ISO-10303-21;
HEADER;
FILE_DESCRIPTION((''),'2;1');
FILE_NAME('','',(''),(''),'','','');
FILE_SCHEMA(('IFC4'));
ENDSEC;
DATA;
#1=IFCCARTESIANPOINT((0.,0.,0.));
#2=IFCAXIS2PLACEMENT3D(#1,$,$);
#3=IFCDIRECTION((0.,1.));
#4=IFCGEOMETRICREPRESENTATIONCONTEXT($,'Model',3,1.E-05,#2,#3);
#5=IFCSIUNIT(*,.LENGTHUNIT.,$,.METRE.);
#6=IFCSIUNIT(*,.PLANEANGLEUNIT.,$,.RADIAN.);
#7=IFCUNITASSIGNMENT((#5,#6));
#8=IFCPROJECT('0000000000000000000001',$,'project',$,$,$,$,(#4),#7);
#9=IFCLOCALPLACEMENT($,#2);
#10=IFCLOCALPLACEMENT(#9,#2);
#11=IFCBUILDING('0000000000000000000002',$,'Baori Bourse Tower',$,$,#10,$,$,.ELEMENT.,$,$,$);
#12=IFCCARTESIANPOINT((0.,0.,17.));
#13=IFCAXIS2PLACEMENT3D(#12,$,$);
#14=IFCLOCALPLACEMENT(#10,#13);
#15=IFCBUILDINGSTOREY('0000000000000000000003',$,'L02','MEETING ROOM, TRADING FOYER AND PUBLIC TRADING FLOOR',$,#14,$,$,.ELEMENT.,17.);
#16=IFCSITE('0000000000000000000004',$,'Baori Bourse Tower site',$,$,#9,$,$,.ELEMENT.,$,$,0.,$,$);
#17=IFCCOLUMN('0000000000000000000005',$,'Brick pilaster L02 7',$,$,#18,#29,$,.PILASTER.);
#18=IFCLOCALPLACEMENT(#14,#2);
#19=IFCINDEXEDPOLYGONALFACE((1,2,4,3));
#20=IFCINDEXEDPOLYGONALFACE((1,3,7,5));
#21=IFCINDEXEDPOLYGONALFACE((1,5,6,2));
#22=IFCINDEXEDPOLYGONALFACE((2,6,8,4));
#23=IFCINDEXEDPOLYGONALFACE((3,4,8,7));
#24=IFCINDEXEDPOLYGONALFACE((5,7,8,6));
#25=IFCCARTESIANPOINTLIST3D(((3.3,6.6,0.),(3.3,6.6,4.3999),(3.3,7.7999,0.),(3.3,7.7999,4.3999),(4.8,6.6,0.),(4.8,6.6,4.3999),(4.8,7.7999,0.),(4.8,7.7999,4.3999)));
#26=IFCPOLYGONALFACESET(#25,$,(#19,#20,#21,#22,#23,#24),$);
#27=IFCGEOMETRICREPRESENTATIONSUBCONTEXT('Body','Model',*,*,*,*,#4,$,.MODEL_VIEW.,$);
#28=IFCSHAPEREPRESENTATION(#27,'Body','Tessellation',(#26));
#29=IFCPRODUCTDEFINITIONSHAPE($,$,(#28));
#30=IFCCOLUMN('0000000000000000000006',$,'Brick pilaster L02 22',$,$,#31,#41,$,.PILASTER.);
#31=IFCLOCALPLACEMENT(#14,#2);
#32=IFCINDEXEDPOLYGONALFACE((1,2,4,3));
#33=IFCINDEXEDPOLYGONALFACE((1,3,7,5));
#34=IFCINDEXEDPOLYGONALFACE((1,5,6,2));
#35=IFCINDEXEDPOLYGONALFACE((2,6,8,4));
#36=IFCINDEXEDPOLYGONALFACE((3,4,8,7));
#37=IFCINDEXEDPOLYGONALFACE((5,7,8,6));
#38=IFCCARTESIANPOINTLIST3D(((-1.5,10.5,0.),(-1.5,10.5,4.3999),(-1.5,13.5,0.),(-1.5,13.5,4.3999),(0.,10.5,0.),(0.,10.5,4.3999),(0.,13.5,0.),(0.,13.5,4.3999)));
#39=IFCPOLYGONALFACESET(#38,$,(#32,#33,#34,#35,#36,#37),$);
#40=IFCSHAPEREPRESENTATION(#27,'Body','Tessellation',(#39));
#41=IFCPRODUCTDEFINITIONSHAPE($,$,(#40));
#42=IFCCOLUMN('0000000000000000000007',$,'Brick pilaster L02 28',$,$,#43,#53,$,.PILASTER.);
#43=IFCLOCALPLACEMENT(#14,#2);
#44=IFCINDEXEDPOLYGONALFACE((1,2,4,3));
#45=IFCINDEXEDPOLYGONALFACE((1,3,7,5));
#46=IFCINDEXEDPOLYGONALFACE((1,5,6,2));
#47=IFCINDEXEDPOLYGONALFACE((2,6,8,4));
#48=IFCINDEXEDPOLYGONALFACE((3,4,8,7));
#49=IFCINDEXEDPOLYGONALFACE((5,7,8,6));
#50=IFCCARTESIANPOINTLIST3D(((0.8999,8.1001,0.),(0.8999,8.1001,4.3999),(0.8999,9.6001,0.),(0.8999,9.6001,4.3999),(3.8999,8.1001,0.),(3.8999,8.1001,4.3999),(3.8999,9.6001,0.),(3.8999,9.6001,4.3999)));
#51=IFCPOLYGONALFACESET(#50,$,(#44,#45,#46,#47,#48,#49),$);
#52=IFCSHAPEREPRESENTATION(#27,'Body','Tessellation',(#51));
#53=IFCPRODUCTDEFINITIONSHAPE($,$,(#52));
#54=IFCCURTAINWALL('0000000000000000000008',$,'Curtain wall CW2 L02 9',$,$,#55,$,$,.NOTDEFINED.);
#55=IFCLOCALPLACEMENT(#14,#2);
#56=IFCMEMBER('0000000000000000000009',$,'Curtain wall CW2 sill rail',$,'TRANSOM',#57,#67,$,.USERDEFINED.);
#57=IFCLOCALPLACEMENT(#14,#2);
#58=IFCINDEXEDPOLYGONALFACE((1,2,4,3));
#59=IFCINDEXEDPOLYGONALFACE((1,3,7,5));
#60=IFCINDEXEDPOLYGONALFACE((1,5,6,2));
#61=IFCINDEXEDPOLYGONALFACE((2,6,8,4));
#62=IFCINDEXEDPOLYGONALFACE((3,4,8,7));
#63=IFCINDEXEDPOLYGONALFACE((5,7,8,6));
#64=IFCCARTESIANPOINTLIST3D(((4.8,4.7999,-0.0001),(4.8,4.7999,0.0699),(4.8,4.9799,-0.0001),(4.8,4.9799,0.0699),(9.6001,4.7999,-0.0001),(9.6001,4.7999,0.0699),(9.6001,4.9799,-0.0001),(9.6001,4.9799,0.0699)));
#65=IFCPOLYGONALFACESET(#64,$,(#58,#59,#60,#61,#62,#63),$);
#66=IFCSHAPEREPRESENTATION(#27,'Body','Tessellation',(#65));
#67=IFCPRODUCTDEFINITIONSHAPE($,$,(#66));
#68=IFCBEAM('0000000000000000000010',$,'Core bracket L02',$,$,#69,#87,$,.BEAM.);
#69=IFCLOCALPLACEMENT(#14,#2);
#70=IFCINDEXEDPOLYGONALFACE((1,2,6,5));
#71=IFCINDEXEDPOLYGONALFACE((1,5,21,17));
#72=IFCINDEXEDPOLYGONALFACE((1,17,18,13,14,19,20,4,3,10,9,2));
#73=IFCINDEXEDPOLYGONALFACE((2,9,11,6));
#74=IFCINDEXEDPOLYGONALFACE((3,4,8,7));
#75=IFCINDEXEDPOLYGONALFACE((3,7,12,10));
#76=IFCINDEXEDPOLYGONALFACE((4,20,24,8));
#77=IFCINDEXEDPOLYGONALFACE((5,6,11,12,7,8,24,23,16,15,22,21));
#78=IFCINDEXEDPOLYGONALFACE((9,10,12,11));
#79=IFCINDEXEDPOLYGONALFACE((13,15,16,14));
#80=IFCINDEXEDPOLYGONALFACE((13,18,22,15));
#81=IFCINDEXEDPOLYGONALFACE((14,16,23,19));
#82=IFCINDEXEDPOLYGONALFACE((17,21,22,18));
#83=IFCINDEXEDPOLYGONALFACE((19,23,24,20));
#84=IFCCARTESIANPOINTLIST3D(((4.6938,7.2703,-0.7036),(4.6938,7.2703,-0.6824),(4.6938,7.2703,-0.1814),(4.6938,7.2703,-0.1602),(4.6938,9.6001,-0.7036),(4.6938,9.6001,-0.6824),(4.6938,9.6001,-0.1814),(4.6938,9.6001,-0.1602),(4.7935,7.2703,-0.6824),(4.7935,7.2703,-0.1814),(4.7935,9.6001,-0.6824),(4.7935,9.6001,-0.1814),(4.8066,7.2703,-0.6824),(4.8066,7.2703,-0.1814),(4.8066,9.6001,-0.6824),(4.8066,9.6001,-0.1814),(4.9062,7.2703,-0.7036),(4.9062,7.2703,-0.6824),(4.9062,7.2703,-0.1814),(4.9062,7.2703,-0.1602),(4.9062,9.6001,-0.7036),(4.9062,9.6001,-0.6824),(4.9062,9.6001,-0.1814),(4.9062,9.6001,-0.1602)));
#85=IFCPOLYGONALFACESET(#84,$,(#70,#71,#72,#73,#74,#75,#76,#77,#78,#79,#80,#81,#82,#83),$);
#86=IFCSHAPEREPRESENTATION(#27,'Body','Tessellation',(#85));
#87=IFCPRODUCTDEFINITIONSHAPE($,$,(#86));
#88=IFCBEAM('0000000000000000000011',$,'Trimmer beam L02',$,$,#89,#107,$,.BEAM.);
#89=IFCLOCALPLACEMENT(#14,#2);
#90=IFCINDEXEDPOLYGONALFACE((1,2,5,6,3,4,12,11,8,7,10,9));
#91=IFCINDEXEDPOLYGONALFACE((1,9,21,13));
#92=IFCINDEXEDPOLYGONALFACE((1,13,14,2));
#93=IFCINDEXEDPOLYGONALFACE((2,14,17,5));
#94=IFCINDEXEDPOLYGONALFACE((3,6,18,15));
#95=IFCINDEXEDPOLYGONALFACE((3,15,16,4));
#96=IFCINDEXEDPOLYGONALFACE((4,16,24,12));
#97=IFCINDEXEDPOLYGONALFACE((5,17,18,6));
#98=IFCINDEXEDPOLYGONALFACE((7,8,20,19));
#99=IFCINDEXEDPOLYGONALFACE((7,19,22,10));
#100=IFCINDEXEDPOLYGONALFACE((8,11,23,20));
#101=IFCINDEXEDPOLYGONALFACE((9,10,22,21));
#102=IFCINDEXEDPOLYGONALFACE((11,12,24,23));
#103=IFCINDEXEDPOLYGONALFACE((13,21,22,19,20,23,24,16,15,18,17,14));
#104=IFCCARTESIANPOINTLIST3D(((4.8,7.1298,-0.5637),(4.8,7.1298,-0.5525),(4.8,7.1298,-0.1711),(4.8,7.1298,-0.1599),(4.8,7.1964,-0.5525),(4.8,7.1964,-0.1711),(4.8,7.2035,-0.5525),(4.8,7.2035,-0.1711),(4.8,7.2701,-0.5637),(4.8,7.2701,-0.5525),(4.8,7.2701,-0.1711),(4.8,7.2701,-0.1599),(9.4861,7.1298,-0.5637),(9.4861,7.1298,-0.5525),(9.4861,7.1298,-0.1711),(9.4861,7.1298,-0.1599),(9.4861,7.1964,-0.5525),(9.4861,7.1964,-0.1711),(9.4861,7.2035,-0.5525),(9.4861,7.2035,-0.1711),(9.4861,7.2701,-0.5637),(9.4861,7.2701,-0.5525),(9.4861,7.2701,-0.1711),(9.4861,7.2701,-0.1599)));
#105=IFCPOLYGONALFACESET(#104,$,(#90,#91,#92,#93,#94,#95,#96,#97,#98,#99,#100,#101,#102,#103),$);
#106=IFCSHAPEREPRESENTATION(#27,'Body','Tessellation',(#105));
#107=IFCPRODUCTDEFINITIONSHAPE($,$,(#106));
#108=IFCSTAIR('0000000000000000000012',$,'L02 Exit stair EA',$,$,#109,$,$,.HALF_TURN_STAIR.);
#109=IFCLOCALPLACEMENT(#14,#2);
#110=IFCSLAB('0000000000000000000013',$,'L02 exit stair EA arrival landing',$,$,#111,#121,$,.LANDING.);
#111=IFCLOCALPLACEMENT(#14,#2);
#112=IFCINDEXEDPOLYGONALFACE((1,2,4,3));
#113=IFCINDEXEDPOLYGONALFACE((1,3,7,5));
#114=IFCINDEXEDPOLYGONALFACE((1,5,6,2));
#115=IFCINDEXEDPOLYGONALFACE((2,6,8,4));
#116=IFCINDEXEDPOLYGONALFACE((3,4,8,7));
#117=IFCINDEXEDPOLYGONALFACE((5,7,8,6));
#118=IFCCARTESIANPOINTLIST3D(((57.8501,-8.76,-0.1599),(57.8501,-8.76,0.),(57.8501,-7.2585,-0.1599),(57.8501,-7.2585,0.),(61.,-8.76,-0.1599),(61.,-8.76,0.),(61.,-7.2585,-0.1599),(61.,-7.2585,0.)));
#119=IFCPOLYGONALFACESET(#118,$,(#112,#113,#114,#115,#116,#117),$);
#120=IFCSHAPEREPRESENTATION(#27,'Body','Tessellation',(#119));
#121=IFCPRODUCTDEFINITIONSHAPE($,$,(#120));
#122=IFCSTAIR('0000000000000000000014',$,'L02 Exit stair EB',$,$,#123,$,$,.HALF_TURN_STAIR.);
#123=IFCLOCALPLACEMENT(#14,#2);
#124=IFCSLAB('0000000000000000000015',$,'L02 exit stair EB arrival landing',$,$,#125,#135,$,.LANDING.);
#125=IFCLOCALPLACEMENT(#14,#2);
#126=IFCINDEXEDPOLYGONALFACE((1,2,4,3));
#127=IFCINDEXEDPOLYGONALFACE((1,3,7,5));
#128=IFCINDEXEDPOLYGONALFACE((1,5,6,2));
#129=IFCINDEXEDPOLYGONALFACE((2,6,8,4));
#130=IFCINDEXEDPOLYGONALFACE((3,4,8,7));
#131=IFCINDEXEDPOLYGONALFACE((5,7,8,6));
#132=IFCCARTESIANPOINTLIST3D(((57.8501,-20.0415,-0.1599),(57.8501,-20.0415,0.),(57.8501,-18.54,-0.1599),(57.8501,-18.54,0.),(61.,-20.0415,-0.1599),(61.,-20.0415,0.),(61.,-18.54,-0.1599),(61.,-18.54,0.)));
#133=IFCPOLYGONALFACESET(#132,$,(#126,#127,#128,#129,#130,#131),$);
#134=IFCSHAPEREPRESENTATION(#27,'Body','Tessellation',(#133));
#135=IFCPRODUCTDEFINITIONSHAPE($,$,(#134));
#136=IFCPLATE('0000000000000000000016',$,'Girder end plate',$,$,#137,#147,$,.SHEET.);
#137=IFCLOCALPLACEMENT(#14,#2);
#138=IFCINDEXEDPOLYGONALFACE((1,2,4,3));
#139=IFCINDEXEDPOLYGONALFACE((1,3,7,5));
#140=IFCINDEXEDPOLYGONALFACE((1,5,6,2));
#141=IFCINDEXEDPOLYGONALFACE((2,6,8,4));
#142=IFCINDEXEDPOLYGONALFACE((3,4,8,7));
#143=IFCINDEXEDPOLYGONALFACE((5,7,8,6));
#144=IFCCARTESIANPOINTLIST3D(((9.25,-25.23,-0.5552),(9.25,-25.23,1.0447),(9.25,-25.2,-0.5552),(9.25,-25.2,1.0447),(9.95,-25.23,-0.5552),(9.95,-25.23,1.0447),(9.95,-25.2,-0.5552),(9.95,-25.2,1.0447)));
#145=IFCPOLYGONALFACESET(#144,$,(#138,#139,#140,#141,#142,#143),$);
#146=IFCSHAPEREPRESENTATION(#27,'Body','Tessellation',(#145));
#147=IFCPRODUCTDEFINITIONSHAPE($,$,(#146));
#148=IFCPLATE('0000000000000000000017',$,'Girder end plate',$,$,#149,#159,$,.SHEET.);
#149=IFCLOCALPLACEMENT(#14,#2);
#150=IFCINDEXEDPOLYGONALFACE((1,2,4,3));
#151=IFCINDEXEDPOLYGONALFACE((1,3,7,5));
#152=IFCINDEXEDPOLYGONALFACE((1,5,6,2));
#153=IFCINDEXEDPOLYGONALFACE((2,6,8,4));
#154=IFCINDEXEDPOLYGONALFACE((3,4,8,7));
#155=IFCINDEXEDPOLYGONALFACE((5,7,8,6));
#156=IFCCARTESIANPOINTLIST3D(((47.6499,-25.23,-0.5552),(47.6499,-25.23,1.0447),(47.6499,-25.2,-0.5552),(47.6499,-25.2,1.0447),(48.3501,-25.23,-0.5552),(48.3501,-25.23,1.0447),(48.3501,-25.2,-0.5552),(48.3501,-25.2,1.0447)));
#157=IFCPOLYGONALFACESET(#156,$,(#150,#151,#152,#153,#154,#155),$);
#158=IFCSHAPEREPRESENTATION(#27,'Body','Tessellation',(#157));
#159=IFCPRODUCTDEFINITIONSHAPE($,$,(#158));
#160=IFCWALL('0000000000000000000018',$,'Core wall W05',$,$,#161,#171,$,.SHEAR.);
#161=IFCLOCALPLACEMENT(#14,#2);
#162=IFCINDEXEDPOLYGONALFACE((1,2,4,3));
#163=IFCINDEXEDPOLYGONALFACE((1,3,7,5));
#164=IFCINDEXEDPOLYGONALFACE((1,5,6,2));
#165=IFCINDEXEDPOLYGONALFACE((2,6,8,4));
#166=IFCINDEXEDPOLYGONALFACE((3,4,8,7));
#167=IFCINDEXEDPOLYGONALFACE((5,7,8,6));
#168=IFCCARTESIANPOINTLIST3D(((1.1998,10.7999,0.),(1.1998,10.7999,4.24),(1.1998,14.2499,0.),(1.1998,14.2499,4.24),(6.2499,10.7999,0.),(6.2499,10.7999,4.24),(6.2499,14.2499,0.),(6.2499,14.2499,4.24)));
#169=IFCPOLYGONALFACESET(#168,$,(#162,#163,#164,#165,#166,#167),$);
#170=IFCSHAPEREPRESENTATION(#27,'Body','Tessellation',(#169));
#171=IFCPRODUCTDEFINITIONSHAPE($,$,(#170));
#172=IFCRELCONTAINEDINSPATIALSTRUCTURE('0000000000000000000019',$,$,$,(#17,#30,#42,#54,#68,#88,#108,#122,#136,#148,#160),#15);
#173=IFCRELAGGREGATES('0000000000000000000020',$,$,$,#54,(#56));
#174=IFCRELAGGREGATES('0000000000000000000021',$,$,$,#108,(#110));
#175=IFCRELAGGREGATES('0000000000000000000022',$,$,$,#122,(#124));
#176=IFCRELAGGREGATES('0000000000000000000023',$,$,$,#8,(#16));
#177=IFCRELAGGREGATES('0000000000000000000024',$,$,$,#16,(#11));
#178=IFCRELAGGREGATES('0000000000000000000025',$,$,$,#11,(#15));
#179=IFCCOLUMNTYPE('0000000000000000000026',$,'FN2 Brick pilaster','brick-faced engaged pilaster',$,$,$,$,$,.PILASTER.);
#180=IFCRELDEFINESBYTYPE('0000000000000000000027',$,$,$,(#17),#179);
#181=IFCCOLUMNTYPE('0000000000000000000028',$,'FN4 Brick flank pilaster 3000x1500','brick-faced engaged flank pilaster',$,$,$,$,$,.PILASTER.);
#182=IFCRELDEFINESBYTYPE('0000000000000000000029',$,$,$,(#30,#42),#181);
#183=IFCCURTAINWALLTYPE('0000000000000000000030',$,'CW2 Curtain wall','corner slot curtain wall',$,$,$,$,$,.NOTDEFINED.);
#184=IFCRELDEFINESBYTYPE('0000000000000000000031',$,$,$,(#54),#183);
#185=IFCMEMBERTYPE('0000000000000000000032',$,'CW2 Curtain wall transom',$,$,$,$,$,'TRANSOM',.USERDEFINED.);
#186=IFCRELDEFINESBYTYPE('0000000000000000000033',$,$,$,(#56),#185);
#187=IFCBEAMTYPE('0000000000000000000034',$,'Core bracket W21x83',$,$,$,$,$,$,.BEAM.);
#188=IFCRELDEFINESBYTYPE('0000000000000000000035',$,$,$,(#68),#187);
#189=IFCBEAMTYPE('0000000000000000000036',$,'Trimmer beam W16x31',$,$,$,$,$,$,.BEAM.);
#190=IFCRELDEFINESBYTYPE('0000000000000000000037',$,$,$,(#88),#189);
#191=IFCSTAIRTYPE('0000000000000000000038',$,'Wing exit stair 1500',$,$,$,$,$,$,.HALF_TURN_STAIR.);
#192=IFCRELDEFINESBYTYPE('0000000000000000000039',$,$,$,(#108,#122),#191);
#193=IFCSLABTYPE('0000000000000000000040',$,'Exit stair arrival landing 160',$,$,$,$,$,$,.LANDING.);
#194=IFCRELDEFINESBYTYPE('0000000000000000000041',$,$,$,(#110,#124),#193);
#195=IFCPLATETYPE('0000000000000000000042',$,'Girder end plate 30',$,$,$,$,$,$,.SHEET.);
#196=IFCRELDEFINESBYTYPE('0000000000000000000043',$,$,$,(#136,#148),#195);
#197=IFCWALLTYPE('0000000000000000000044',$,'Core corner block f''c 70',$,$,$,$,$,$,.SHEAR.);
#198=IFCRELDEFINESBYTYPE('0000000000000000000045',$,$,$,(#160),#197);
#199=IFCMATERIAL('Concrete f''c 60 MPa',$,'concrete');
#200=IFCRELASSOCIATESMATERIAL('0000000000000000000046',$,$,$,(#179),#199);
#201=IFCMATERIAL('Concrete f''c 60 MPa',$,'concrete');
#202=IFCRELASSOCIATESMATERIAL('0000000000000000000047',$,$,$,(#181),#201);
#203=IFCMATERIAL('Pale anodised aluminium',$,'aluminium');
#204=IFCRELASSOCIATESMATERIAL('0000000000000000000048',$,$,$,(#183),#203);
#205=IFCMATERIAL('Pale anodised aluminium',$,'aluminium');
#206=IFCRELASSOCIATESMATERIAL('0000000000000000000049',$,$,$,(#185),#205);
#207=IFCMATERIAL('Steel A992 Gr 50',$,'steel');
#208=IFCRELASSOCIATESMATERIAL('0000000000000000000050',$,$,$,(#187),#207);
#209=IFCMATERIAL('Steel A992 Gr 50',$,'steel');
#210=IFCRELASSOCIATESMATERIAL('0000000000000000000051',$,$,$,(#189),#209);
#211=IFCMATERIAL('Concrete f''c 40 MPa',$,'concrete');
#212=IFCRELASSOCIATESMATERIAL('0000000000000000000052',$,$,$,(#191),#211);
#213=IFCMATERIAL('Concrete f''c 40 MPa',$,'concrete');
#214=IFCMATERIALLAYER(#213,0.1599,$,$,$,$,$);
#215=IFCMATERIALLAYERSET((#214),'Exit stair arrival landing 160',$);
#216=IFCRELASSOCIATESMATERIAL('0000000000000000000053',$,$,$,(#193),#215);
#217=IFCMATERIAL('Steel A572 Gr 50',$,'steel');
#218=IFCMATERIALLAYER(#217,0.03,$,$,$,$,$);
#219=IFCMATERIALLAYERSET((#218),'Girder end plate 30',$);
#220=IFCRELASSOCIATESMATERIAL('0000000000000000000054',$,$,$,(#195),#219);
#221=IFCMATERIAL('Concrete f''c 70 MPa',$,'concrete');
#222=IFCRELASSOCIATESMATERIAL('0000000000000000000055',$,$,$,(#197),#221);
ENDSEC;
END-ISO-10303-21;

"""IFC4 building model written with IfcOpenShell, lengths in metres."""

from ifc_helpers import new_model, si_unit, direction, frame, frame_2d, origin, origin_2d, place, context, subcontext, project, spatial, polyline, rectangle, i_section, outline, extrude, material, layer, layer_set, material_profile, profile_set, type_object, element, aggregate, save


model = new_model("IFC4")

# Units and contexts
model_context = context("Model", 3, precision=1e-05, world=origin(), true_north=direction((0.0, 1.0)))
body_context = subcontext(model_context, "Body", "Model", "MODEL_VIEW")
ifc_project = project(units=[si_unit("LENGTHUNIT", "METRE"), si_unit("PLANEANGLEUNIT", "RADIAN")], contexts=[model_context])

# Site, building, storey
site_placement = place(None, origin())
site = spatial("IfcSite", under=ifc_project, at=site_placement, Name="Baori Bourse Tower site", CompositionType="ELEMENT", RefElevation=0.0)
building_placement = place(site_placement, origin())
building = spatial("IfcBuilding", under=site, at=building_placement, Name="Baori Bourse Tower", CompositionType="ELEMENT")
storey_placement = place(building_placement, frame((0.0, 0.0, 17.0)))
storey = spatial("IfcBuildingStorey", under=building, at=storey_placement, Name="L02", Description="MEETING ROOM, TRADING FOYER AND PUBLIC TRADING FLOOR", CompositionType="ELEMENT", Elevation=17.0)

# Columns
ifc_material_1 = material(Name="Concrete f'c 60 MPa", Category="concrete")
ifc_material_profile_1 = material_profile(ifc_material_1, rectangle(XDim=1.2, YDim=1.5, at=origin_2d()), Name="RC 1200x1500")
ifc_profile_set_1 = profile_set([ifc_material_profile_1], Name="Concrete f'c 60 MPa")
column_type_1 = type_object("IfcColumnType", Name="FN2 Brick pilaster", Description="brick-faced engaged pilaster", PredefinedType="PILASTER", material=ifc_profile_set_1)
column_placement = place(storey_placement, frame((4.05, 7.2, 0.0), z_axis=(0.0, 0.0, 1.0), x_axis=(0.0, 1.0, 0.0)))
element("IfcColumn", 1, at=column_placement, inside=storey, type_object=column_type_1, Name="Brick pilaster L02 7", PredefinedType="PILASTER", context=body_context, shape_type="SweptSolid", body=[
    extrude(rectangle(XDim=1.2, YDim=1.5, at=origin_2d()), origin(), (0.0, 0.0, 1.0), 4.3999),
])
ifc_material_2 = material(Name="Concrete f'c 60 MPa", Category="concrete")
ifc_material_profile_2 = material_profile(ifc_material_2, rectangle(XDim=3.0, YDim=1.5, at=origin_2d()), Name="RC 3000x1500")
ifc_profile_set_2 = profile_set([ifc_material_profile_2], Name="Concrete f'c 60 MPa")
column_type_2 = type_object("IfcColumnType", Name="FN4 Brick flank pilaster 3000x1500", Description="brick-faced engaged flank pilaster", PredefinedType="PILASTER", material=ifc_profile_set_2)
for number, where, z_axis, x_axis, name in (
    (2, (-0.75, 12.0, 0.0), (0.0, 0.0, 1.0), (0.0, 1.0, 0.0), "Brick pilaster L02 22"),
    (3, (2.3999, 8.8501, 0.0), (0.0, 0.0, 1.0), (1.0, 0.0, 0.0), "Brick pilaster L02 28"),
):
    element("IfcColumn", number, at=place(storey_placement, frame(where, z_axis=z_axis, x_axis=x_axis)), inside=storey, type_object=column_type_2, Name=name, PredefinedType="PILASTER", context=body_context, shape_type="SweptSolid", body=[
        extrude(rectangle(XDim=3.0, YDim=1.5, at=origin_2d()), origin(), (0.0, 0.0, 1.0), 4.3999),
    ])

# Curtain wall, member
ifc_material_3 = material(Name="Pale anodised aluminium", Category="aluminium")
curtain_wall_type = type_object("IfcCurtainWallType", Name="CW2 Curtain wall", Description="corner slot curtain wall", PredefinedType="NOTDEFINED", material=ifc_material_3)
curtain_wall_placement = place(storey_placement, origin())
curtain_wall = element("IfcCurtainWall", 4, at=curtain_wall_placement, inside=storey, type_object=curtain_wall_type, Name="Curtain wall CW2 L02 9", PredefinedType="NOTDEFINED")
ifc_material_4 = material(Name="Pale anodised aluminium", Category="aluminium")
ifc_material_profile_3 = material_profile(ifc_material_4, rectangle(XDim=0.1799, YDim=0.0701, at=origin_2d()), Name="Transom 70x180")
ifc_profile_set_3 = profile_set([ifc_material_profile_3], Name="Pale anodised aluminium")
member_type = type_object("IfcMemberType", Name="CW2 Curtain wall transom", ElementType="TRANSOM", PredefinedType="USERDEFINED", material=ifc_profile_set_3)
member_placement = place(storey_placement, frame((4.8, 4.8899, 0.0349), z_axis=(1.0, 0.0, 0.0), x_axis=(0.0, 1.0, 0.0)))
member = element("IfcMember", 5, at=member_placement, type_object=member_type, Name="Curtain wall CW2 sill rail", ObjectType="TRANSOM", PredefinedType="USERDEFINED", context=body_context, shape_type="SweptSolid", body=[
    extrude(rectangle(XDim=0.1799, YDim=0.0701, at=origin_2d()), origin(), (0.0, 0.0, 1.0), 4.8),
])
aggregate(curtain_wall, [member])

# Beams
ifc_material_5 = material(Name="Steel A992 Gr 50", Category="steel")
ifc_material_profile_4 = material_profile(ifc_material_5, i_section(OverallWidth=0.2124, OverallDepth=0.5435, WebThickness=0.0132, FlangeThickness=0.0212, at=origin_2d()), Name="W21x83")
ifc_profile_set_4 = profile_set([ifc_material_profile_4], Name="Steel A992 Gr 50")
beam_type_1 = type_object("IfcBeamType", Name="Core bracket W21x83", PredefinedType="BEAM", material=ifc_profile_set_4)
beam_1_placement = place(storey_placement, frame((4.8, 7.2703, -0.4319), z_axis=(0.0, 1.0, 0.0), x_axis=(-1.0, 0.0, 0.0)))
element("IfcBeam", 6, at=beam_1_placement, inside=storey, type_object=beam_type_1, Name="Core bracket L02", PredefinedType="BEAM", context=body_context, shape_type="SweptSolid", body=[
    extrude(i_section(OverallWidth=0.2124, OverallDepth=0.5435, WebThickness=0.0132, FlangeThickness=0.0212, at=origin_2d()), origin(), (0.0, 0.0, 1.0), 2.3298),
])
ifc_material_6 = material(Name="Steel A992 Gr 50", Category="steel")
ifc_material_profile_5 = material_profile(ifc_material_6, i_section(OverallWidth=0.1404, OverallDepth=0.4038, WebThickness=0.0071, FlangeThickness=0.0112, at=origin_2d()), Name="W16x31")
ifc_profile_set_5 = profile_set([ifc_material_profile_5], Name="Steel A992 Gr 50")
beam_type_2 = type_object("IfcBeamType", Name="Trimmer beam W16x31", PredefinedType="BEAM", material=ifc_profile_set_5)
beam_2_placement = place(storey_placement, frame((4.8, 7.2, -0.3618), z_axis=(1.0, 0.0, 0.0), x_axis=(0.0, 1.0, 0.0)))
element("IfcBeam", 7, at=beam_2_placement, inside=storey, type_object=beam_type_2, Name="Trimmer beam L02", PredefinedType="BEAM", context=body_context, shape_type="SweptSolid", body=[
    extrude(i_section(OverallWidth=0.1404, OverallDepth=0.4038, WebThickness=0.0071, FlangeThickness=0.0112, at=origin_2d()), origin(), (0.0, 0.0, 1.0), 4.686),
])

# Stairs, slabs
ifc_material_7 = material(Name="Concrete f'c 40 MPa", Category="concrete")
stair_type = type_object("IfcStairType", Name="Wing exit stair 1500", PredefinedType="HALF_TURN_STAIR", material=ifc_material_7)
stair_1_placement = place(storey_placement, origin())
stair_1 = element("IfcStair", 8, at=stair_1_placement, inside=storey, type_object=stair_type, Name="L02 Exit stair EA", PredefinedType="HALF_TURN_STAIR")
ifc_material_8 = material(Name="Concrete f'c 40 MPa", Category="concrete")
ifc_layer_1 = layer(ifc_material_8, 0.1599)
ifc_layer_set_1 = layer_set([ifc_layer_1], Name="Exit stair arrival landing 160")
slab_type = type_object("IfcSlabType", Name="Exit stair arrival landing 160", PredefinedType="LANDING", material=ifc_layer_set_1)
slab_1_placement = place(storey_placement, frame((0.0, 0.0, -0.1599)))
slab_1 = element("IfcSlab", 9, at=slab_1_placement, type_object=slab_type, Name="L02 exit stair EA arrival landing", PredefinedType="LANDING", context=body_context, shape_type="SweptSolid", body=[
    extrude(outline(polyline([(61.0, -7.2585), (57.8501, -7.2585), (57.8501, -8.76), (61.0, -8.76), (61.0, -7.2585)])), origin(), (0.0, 0.0, 1.0), 0.1599),
])
aggregate(stair_1, [slab_1])
stair_2_placement = place(storey_placement, origin())
stair_2 = element("IfcStair", 10, at=stair_2_placement, inside=storey, type_object=stair_type, Name="L02 Exit stair EB", PredefinedType="HALF_TURN_STAIR")
slab_2_placement = place(storey_placement, frame((0.0, 0.0, -0.1599)))
slab_2 = element("IfcSlab", 11, at=slab_2_placement, type_object=slab_type, Name="L02 exit stair EB arrival landing", PredefinedType="LANDING", context=body_context, shape_type="SweptSolid", body=[
    extrude(outline(polyline([(57.8501, -20.0415), (61.0, -20.0415), (61.0, -18.54), (57.8501, -18.54), (57.8501, -20.0415)])), origin(), (0.0, 0.0, 1.0), 0.1599),
])
aggregate(stair_2, [slab_2])

# Plates
ifc_material_9 = material(Name="Steel A572 Gr 50", Category="steel")
ifc_layer_2 = layer(ifc_material_9, 0.03)
ifc_layer_set_2 = layer_set([ifc_layer_2], Name="Girder end plate 30")
plate_type = type_object("IfcPlateType", Name="Girder end plate 30", PredefinedType="SHEET", material=ifc_layer_set_2)
plate_1_placement = place(storey_placement, frame((0.0, 0.0, -0.5552)))
element("IfcPlate", 12, at=plate_1_placement, inside=storey, type_object=plate_type, Name="Girder end plate", PredefinedType="SHEET", context=body_context, shape_type="SweptSolid", body=[
    extrude(outline(polyline([(9.25, -25.23), (9.95, -25.23), (9.95, -25.2), (9.25, -25.2), (9.25, -25.23)])), origin(), (0.0, 0.0, 1.0), 1.5999),
])
plate_2_placement = place(storey_placement, frame((0.0, 0.0, -0.5552)))
element("IfcPlate", 13, at=plate_2_placement, inside=storey, type_object=plate_type, Name="Girder end plate", PredefinedType="SHEET", context=body_context, shape_type="SweptSolid", body=[
    extrude(outline(polyline([(47.6499, -25.23), (48.3501, -25.23), (48.3501, -25.2), (47.6499, -25.2), (47.6499, -25.23)])), origin(), (0.0, 0.0, 1.0), 1.5999),
])

# Wall
ifc_material_10 = material(Name="Concrete f'c 70 MPa", Category="concrete")
wall_type_1 = type_object("IfcWallType", Name="Core corner block f'c 70", PredefinedType="SHEAR", material=ifc_material_10)
wall_1_placement = place(storey_placement, frame((1.2, 12.5249, 0.0), z_axis=(0.0, 0.0, 1.0), x_axis=(1.0, 0.0, 0.0)))
element("IfcWall", 14, at=wall_1_placement, inside=storey, type_object=wall_type_1, Name="Core wall W05", PredefinedType="SHEAR", context=body_context, shape_type="SweptSolid", body=[
    extrude(rectangle(XDim=5.05, YDim=3.45, at=frame_2d((2.5249, 0.0))), origin(), (0.0, 0.0, 1.0), 4.24),
])

save(model, "model.ifc")
